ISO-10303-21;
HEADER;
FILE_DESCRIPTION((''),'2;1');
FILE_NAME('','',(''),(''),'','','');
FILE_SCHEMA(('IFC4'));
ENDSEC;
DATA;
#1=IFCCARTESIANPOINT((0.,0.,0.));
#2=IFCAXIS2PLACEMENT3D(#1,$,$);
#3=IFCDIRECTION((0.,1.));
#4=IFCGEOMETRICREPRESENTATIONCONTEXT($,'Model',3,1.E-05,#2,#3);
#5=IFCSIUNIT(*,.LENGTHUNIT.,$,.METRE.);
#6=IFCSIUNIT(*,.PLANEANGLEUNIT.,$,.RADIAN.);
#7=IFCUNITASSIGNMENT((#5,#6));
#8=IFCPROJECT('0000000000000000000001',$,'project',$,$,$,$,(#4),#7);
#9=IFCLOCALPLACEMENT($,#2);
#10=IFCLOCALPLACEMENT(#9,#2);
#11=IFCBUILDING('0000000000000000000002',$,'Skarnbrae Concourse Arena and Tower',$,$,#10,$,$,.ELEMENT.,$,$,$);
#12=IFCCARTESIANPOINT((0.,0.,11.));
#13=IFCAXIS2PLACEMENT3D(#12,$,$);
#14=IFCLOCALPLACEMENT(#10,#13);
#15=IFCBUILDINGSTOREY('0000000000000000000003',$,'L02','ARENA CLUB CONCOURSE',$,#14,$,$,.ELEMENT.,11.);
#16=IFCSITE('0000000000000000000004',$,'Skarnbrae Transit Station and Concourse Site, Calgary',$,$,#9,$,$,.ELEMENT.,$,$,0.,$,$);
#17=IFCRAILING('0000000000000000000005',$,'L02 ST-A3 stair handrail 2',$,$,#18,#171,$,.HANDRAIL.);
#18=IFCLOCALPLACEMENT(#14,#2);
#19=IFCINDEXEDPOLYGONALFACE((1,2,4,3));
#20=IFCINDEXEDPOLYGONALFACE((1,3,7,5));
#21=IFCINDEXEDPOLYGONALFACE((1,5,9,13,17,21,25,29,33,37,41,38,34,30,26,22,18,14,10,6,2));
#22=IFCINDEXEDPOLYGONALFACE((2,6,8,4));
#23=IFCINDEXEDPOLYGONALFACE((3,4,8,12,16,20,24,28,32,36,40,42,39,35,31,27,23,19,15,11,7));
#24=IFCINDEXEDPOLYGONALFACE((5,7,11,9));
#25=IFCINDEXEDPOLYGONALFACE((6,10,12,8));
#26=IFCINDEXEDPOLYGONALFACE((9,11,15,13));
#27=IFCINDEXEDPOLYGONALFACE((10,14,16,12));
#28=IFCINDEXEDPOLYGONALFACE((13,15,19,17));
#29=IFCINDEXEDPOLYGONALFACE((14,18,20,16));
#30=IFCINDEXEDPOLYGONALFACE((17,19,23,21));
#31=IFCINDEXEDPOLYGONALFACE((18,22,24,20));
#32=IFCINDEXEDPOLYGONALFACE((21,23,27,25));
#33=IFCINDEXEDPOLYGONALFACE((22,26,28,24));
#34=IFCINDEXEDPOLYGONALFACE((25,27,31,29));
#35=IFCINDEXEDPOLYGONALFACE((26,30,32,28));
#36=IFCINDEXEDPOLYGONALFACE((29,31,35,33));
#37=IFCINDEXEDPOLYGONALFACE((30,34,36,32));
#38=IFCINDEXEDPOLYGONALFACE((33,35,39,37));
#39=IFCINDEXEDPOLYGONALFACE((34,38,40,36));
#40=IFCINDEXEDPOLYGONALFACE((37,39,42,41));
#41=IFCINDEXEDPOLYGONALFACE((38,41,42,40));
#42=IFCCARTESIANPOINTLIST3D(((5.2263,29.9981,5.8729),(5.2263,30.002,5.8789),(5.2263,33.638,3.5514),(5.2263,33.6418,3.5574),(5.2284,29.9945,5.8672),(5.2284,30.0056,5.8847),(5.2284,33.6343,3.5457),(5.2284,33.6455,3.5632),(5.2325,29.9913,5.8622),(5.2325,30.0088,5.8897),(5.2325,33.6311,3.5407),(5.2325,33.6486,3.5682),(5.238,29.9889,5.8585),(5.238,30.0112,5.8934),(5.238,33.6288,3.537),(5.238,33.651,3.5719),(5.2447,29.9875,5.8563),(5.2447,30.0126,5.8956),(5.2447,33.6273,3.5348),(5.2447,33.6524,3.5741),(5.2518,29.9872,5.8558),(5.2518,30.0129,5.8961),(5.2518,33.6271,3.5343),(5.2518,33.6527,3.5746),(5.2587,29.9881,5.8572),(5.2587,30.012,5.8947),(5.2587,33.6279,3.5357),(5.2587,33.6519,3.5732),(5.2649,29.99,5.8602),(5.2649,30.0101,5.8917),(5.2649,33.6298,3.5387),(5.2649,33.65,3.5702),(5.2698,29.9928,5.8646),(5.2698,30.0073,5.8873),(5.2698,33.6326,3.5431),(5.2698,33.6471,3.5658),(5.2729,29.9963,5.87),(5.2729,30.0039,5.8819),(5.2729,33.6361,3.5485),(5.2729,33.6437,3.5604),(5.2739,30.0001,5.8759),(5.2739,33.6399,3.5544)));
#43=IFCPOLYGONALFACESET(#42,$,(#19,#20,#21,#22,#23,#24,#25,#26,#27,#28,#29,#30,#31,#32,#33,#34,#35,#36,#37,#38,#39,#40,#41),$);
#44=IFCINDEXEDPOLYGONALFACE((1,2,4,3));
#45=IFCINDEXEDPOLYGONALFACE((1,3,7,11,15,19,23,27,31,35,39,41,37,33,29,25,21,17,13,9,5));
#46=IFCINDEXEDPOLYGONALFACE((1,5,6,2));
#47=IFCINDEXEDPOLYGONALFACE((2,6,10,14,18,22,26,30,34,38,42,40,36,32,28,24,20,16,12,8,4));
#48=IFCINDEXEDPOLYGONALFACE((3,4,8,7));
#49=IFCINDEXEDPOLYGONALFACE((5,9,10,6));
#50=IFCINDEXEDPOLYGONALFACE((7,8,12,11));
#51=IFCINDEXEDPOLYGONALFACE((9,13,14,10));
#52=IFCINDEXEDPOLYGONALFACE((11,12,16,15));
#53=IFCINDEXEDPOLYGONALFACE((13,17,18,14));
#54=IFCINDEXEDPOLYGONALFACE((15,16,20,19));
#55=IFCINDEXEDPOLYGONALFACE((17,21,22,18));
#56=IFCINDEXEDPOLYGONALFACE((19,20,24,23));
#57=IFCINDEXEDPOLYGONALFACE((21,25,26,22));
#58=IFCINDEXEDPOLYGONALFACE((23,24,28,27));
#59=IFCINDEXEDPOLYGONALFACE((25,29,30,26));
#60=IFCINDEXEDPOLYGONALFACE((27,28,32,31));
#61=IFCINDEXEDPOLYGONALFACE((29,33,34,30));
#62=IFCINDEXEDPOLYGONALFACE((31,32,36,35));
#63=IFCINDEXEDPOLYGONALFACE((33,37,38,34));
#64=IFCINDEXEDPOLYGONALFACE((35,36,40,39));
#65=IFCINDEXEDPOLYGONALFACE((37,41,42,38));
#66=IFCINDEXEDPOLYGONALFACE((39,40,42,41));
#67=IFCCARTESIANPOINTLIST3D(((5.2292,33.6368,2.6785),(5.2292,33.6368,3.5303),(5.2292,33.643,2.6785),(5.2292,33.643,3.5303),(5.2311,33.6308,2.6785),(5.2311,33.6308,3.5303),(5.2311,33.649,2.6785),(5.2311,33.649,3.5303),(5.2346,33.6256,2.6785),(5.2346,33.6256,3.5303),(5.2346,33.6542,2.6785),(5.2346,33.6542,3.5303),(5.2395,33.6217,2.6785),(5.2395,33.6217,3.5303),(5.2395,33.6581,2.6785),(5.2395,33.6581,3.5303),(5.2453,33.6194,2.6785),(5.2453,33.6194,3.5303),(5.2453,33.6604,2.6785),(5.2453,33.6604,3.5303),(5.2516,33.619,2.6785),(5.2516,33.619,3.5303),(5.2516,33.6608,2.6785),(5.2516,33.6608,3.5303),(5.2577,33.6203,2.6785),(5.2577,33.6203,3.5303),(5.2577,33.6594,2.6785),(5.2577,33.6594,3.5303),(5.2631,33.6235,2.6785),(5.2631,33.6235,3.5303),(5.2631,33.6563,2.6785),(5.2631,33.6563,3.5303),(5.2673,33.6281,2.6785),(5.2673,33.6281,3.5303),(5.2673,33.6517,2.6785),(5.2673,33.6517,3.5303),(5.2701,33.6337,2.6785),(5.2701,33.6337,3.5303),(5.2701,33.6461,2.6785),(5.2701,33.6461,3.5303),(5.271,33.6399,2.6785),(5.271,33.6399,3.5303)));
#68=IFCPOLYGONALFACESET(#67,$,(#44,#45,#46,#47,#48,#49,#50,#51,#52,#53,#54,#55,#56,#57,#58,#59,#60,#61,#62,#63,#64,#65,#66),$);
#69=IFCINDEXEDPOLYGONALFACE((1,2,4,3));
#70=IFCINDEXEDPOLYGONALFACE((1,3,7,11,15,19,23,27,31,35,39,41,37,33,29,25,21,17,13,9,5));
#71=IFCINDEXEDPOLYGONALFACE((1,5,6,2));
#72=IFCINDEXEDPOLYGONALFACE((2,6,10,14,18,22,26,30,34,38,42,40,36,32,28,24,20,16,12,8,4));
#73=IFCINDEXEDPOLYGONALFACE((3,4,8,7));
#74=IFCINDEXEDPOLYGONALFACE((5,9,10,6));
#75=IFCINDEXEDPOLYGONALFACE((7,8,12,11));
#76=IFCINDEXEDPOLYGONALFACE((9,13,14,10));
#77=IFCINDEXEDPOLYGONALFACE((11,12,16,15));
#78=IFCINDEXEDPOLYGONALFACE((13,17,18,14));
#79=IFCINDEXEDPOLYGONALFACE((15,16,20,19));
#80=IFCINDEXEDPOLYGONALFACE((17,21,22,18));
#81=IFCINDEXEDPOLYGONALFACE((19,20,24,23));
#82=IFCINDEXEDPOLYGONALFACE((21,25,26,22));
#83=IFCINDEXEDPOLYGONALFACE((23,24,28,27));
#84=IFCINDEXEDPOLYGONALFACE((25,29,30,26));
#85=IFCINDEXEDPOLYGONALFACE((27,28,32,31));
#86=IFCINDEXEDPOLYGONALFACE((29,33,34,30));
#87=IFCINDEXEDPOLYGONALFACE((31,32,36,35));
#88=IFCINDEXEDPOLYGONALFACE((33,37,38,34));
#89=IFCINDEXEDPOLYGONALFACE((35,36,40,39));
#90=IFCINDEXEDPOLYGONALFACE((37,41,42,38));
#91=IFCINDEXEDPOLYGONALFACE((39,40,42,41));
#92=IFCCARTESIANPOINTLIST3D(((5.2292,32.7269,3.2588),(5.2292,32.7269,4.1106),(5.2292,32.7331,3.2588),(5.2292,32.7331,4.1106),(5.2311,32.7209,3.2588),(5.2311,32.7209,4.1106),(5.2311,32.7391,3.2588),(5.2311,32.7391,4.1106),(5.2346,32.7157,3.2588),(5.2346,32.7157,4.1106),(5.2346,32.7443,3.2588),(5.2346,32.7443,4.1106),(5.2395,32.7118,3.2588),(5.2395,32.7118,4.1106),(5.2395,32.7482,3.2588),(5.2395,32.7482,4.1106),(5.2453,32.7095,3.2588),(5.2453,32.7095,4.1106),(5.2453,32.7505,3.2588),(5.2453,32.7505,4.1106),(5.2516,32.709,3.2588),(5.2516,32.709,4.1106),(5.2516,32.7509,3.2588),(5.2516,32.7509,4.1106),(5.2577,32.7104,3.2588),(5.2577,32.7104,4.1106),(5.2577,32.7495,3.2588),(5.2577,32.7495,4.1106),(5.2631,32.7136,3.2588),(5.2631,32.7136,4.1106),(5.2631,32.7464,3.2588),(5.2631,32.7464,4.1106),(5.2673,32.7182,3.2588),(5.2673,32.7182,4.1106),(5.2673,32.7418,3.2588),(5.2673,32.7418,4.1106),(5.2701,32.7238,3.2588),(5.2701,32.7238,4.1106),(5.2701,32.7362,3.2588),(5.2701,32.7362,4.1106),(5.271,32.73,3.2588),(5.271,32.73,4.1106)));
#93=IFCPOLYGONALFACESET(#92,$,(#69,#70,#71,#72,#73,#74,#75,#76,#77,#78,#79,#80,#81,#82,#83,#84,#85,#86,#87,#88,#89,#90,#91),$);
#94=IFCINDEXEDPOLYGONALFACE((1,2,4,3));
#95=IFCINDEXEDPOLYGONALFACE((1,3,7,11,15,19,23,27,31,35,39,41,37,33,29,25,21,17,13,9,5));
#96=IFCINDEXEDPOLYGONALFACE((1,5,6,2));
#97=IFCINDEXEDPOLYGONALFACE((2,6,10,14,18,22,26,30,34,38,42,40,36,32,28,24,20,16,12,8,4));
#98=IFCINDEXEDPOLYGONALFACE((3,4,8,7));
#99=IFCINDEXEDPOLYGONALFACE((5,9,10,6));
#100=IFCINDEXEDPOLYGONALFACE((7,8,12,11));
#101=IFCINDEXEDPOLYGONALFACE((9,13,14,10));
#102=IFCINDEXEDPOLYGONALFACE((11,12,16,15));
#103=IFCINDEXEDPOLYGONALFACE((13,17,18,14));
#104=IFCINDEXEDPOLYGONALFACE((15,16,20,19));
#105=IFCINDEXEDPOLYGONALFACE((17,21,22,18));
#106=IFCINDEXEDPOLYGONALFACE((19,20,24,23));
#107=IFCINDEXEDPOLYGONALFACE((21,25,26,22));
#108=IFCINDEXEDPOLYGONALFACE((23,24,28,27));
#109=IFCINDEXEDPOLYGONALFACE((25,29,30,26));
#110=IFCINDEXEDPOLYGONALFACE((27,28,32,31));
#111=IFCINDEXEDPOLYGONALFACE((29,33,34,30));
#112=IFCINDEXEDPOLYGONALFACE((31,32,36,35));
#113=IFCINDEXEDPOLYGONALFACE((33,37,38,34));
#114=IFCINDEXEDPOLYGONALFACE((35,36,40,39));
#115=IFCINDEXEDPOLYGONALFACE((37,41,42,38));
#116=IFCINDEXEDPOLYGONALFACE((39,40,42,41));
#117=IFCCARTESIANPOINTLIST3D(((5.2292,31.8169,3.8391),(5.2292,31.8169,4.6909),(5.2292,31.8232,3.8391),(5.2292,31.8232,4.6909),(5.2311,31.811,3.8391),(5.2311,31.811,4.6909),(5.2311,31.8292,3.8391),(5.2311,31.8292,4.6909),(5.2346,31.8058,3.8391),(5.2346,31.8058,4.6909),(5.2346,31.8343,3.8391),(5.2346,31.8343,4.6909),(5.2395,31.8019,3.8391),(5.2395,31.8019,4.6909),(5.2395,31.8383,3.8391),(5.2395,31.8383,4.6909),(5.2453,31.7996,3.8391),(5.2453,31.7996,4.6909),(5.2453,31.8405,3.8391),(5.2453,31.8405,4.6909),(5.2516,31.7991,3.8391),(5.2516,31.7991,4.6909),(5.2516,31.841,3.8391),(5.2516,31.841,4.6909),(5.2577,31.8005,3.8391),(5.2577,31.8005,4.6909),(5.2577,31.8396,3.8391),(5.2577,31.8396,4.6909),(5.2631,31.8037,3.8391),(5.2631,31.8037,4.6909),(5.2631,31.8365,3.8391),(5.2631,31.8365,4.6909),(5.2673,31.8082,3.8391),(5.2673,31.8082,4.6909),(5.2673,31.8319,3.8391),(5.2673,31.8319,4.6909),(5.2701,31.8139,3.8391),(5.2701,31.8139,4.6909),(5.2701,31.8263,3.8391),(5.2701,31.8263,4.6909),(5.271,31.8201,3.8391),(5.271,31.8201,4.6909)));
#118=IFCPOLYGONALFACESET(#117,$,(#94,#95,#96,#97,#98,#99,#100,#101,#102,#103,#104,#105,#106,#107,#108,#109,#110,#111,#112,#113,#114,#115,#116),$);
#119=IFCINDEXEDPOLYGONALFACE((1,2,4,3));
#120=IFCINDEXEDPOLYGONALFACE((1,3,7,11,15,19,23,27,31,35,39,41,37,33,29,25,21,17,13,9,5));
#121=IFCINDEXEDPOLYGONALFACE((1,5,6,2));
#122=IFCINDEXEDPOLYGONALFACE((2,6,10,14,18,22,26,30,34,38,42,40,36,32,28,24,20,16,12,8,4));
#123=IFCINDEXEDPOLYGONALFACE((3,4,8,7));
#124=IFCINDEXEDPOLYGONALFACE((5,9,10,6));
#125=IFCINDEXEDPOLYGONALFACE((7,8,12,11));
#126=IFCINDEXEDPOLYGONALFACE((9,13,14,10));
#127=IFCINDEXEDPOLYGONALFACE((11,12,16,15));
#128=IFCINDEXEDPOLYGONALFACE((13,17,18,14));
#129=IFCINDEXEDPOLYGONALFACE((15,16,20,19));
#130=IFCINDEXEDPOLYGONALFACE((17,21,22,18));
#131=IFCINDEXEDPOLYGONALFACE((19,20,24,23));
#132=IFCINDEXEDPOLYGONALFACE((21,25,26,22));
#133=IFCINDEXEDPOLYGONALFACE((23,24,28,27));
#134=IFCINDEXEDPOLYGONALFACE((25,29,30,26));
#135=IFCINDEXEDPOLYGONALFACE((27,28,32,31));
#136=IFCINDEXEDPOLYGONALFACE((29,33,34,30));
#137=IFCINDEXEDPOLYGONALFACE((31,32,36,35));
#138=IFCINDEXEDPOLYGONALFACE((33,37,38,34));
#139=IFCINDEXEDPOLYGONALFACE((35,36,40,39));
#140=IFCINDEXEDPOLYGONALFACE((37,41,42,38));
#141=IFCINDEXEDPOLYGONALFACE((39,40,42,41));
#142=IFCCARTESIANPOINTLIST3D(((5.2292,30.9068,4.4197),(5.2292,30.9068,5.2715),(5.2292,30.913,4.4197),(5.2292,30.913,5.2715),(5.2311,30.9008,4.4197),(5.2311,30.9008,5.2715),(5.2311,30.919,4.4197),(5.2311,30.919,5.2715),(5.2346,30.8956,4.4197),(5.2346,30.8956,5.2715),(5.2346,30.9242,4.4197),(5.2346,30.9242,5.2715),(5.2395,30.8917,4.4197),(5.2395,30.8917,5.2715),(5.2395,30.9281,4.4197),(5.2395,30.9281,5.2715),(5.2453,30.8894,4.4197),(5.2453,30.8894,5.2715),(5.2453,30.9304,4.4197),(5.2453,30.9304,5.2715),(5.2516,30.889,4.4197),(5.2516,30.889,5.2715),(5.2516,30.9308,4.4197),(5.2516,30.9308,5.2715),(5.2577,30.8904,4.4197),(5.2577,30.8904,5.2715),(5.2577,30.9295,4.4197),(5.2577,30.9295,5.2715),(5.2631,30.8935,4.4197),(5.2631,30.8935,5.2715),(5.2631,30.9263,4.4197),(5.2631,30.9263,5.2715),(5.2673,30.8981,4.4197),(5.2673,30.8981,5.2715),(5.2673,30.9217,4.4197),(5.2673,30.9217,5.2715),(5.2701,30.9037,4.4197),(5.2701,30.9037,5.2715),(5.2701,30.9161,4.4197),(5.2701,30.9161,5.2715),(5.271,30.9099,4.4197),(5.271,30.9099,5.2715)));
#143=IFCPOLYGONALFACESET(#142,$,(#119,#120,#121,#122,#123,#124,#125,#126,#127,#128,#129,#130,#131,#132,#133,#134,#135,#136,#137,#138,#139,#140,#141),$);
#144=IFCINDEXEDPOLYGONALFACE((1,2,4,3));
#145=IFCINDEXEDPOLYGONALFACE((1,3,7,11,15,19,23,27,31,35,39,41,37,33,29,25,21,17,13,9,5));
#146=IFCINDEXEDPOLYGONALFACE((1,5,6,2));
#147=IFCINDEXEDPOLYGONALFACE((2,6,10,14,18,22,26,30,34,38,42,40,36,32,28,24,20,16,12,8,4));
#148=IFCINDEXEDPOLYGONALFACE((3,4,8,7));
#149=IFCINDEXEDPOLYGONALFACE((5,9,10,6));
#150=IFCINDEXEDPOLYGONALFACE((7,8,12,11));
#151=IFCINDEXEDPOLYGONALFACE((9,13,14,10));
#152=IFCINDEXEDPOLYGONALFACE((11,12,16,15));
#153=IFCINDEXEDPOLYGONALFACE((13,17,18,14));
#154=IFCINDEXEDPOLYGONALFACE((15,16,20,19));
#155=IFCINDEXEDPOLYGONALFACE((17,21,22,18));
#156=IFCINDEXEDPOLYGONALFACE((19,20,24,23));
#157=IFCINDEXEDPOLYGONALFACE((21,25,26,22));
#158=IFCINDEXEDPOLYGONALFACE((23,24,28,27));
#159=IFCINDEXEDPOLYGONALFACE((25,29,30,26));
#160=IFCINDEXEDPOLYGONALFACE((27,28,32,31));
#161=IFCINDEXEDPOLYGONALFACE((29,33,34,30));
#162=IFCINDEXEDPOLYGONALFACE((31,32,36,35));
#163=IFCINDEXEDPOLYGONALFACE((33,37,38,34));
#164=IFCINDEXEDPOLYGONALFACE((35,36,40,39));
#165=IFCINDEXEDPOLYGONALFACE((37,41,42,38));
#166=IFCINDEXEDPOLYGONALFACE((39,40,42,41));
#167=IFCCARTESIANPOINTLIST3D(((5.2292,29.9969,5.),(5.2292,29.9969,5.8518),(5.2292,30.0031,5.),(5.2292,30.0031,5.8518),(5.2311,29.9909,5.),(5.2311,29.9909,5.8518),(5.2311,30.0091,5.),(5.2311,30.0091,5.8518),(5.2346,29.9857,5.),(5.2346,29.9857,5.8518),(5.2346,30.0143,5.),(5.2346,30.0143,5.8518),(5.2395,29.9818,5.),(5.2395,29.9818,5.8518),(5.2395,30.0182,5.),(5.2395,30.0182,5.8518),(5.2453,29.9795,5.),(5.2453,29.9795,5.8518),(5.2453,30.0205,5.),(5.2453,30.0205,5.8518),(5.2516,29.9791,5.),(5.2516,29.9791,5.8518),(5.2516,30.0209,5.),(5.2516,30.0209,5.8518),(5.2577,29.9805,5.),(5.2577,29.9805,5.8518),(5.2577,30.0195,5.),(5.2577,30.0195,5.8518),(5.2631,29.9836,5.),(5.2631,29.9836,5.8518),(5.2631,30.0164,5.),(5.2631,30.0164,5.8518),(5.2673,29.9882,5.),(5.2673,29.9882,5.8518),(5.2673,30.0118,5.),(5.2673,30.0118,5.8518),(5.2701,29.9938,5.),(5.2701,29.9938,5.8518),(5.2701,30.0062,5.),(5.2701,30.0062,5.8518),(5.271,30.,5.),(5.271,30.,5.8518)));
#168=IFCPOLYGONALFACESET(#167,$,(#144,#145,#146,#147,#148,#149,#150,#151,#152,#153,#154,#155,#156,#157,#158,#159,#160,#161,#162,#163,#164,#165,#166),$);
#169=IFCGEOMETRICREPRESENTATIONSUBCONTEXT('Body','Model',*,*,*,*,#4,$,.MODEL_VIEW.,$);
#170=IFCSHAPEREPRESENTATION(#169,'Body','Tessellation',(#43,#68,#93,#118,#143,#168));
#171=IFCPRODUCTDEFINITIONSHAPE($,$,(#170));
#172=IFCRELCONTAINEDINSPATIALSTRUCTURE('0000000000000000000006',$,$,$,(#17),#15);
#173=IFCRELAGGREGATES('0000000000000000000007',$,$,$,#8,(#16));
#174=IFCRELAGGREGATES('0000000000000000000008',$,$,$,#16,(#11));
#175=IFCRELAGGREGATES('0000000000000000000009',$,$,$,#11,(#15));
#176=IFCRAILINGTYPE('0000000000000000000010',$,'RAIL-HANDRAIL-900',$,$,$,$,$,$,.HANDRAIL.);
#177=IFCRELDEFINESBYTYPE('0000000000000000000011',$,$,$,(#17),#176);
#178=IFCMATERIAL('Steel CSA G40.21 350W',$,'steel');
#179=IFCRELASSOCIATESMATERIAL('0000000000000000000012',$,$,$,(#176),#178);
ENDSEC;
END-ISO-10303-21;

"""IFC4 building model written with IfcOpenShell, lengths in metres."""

from ifc_helpers import new_model, si_unit, direction, frame, origin, origin_2d, place, context, subcontext, project, spatial, circle, extrude, material, type_object, element, save


model = new_model("IFC4")

# Units and contexts
model_context = context("Model", 3, precision=1e-05, world=origin(), true_north=direction((0.0, 1.0)))
body_context = subcontext(model_context, "Body", "Model", "MODEL_VIEW")
ifc_project = project(units=[si_unit("LENGTHUNIT", "METRE"), si_unit("PLANEANGLEUNIT", "RADIAN")], contexts=[model_context])

# Site, building, storey
site_placement = place(None, origin())
site = spatial("IfcSite", under=ifc_project, at=site_placement, Name="Skarnbrae Transit Station and Concourse Site, Calgary", CompositionType="ELEMENT", RefElevation=0.0)
building_placement = place(site_placement, origin())
building = spatial("IfcBuilding", under=site, at=building_placement, Name="Skarnbrae Concourse Arena and Tower", CompositionType="ELEMENT")
storey_placement = place(building_placement, frame((0.0, 0.0, 11.0)))
storey = spatial("IfcBuildingStorey", under=building, at=storey_placement, Name="L02", Description="ARENA CLUB CONCOURSE", CompositionType="ELEMENT", Elevation=11.0)

# Shared definitions
ifc_material_1 = material(Name="Steel CSA G40.21 350W", Category="steel")

# Railing
railing_type_1 = type_object("IfcRailingType", Name="RAIL-HANDRAIL-900", PredefinedType="HANDRAIL", material=ifc_material_1)
railing_1_placement = place(storey_placement, frame((5.25, 33.6399, 2.6785)))
element("IfcRailing", 1, at=railing_1_placement, inside=storey, type_object=railing_type_1, Name="L02 ST-A3 stair handrail 2", PredefinedType="HANDRAIL", context=body_context, shape_type="SweptSolid", body=[
    extrude(circle(Radius=0.0239, at=origin_2d()), frame((0.0, 0.0, 0.876), z_axis=(0.0, -0.843112, 0.537739), x_axis=(1.0, 0.0, 0.0)), (0.0, 0.0, 1.0), 4.3171),
    extrude(circle(Radius=0.021, at=origin_2d()), origin(), (0.0, 0.0, 1.0), 0.8518),
    extrude(circle(Radius=0.021, at=origin_2d()), frame((0.0, -0.9099, 0.5803)), (0.0, 0.0, 1.0), 0.8518),
    extrude(circle(Radius=0.021, at=origin_2d()), frame((0.0, -1.8198, 1.1606)), (0.0, 0.0, 1.0), 0.8518),
    extrude(circle(Radius=0.021, at=origin_2d()), frame((0.0, -2.73, 1.7412)), (0.0, 0.0, 1.0), 0.8518),
    extrude(circle(Radius=0.021, at=origin_2d()), frame((0.0, -3.6399, 2.3215)), (0.0, 0.0, 1.0), 0.8518),
])

save(model, "model.ifc")
